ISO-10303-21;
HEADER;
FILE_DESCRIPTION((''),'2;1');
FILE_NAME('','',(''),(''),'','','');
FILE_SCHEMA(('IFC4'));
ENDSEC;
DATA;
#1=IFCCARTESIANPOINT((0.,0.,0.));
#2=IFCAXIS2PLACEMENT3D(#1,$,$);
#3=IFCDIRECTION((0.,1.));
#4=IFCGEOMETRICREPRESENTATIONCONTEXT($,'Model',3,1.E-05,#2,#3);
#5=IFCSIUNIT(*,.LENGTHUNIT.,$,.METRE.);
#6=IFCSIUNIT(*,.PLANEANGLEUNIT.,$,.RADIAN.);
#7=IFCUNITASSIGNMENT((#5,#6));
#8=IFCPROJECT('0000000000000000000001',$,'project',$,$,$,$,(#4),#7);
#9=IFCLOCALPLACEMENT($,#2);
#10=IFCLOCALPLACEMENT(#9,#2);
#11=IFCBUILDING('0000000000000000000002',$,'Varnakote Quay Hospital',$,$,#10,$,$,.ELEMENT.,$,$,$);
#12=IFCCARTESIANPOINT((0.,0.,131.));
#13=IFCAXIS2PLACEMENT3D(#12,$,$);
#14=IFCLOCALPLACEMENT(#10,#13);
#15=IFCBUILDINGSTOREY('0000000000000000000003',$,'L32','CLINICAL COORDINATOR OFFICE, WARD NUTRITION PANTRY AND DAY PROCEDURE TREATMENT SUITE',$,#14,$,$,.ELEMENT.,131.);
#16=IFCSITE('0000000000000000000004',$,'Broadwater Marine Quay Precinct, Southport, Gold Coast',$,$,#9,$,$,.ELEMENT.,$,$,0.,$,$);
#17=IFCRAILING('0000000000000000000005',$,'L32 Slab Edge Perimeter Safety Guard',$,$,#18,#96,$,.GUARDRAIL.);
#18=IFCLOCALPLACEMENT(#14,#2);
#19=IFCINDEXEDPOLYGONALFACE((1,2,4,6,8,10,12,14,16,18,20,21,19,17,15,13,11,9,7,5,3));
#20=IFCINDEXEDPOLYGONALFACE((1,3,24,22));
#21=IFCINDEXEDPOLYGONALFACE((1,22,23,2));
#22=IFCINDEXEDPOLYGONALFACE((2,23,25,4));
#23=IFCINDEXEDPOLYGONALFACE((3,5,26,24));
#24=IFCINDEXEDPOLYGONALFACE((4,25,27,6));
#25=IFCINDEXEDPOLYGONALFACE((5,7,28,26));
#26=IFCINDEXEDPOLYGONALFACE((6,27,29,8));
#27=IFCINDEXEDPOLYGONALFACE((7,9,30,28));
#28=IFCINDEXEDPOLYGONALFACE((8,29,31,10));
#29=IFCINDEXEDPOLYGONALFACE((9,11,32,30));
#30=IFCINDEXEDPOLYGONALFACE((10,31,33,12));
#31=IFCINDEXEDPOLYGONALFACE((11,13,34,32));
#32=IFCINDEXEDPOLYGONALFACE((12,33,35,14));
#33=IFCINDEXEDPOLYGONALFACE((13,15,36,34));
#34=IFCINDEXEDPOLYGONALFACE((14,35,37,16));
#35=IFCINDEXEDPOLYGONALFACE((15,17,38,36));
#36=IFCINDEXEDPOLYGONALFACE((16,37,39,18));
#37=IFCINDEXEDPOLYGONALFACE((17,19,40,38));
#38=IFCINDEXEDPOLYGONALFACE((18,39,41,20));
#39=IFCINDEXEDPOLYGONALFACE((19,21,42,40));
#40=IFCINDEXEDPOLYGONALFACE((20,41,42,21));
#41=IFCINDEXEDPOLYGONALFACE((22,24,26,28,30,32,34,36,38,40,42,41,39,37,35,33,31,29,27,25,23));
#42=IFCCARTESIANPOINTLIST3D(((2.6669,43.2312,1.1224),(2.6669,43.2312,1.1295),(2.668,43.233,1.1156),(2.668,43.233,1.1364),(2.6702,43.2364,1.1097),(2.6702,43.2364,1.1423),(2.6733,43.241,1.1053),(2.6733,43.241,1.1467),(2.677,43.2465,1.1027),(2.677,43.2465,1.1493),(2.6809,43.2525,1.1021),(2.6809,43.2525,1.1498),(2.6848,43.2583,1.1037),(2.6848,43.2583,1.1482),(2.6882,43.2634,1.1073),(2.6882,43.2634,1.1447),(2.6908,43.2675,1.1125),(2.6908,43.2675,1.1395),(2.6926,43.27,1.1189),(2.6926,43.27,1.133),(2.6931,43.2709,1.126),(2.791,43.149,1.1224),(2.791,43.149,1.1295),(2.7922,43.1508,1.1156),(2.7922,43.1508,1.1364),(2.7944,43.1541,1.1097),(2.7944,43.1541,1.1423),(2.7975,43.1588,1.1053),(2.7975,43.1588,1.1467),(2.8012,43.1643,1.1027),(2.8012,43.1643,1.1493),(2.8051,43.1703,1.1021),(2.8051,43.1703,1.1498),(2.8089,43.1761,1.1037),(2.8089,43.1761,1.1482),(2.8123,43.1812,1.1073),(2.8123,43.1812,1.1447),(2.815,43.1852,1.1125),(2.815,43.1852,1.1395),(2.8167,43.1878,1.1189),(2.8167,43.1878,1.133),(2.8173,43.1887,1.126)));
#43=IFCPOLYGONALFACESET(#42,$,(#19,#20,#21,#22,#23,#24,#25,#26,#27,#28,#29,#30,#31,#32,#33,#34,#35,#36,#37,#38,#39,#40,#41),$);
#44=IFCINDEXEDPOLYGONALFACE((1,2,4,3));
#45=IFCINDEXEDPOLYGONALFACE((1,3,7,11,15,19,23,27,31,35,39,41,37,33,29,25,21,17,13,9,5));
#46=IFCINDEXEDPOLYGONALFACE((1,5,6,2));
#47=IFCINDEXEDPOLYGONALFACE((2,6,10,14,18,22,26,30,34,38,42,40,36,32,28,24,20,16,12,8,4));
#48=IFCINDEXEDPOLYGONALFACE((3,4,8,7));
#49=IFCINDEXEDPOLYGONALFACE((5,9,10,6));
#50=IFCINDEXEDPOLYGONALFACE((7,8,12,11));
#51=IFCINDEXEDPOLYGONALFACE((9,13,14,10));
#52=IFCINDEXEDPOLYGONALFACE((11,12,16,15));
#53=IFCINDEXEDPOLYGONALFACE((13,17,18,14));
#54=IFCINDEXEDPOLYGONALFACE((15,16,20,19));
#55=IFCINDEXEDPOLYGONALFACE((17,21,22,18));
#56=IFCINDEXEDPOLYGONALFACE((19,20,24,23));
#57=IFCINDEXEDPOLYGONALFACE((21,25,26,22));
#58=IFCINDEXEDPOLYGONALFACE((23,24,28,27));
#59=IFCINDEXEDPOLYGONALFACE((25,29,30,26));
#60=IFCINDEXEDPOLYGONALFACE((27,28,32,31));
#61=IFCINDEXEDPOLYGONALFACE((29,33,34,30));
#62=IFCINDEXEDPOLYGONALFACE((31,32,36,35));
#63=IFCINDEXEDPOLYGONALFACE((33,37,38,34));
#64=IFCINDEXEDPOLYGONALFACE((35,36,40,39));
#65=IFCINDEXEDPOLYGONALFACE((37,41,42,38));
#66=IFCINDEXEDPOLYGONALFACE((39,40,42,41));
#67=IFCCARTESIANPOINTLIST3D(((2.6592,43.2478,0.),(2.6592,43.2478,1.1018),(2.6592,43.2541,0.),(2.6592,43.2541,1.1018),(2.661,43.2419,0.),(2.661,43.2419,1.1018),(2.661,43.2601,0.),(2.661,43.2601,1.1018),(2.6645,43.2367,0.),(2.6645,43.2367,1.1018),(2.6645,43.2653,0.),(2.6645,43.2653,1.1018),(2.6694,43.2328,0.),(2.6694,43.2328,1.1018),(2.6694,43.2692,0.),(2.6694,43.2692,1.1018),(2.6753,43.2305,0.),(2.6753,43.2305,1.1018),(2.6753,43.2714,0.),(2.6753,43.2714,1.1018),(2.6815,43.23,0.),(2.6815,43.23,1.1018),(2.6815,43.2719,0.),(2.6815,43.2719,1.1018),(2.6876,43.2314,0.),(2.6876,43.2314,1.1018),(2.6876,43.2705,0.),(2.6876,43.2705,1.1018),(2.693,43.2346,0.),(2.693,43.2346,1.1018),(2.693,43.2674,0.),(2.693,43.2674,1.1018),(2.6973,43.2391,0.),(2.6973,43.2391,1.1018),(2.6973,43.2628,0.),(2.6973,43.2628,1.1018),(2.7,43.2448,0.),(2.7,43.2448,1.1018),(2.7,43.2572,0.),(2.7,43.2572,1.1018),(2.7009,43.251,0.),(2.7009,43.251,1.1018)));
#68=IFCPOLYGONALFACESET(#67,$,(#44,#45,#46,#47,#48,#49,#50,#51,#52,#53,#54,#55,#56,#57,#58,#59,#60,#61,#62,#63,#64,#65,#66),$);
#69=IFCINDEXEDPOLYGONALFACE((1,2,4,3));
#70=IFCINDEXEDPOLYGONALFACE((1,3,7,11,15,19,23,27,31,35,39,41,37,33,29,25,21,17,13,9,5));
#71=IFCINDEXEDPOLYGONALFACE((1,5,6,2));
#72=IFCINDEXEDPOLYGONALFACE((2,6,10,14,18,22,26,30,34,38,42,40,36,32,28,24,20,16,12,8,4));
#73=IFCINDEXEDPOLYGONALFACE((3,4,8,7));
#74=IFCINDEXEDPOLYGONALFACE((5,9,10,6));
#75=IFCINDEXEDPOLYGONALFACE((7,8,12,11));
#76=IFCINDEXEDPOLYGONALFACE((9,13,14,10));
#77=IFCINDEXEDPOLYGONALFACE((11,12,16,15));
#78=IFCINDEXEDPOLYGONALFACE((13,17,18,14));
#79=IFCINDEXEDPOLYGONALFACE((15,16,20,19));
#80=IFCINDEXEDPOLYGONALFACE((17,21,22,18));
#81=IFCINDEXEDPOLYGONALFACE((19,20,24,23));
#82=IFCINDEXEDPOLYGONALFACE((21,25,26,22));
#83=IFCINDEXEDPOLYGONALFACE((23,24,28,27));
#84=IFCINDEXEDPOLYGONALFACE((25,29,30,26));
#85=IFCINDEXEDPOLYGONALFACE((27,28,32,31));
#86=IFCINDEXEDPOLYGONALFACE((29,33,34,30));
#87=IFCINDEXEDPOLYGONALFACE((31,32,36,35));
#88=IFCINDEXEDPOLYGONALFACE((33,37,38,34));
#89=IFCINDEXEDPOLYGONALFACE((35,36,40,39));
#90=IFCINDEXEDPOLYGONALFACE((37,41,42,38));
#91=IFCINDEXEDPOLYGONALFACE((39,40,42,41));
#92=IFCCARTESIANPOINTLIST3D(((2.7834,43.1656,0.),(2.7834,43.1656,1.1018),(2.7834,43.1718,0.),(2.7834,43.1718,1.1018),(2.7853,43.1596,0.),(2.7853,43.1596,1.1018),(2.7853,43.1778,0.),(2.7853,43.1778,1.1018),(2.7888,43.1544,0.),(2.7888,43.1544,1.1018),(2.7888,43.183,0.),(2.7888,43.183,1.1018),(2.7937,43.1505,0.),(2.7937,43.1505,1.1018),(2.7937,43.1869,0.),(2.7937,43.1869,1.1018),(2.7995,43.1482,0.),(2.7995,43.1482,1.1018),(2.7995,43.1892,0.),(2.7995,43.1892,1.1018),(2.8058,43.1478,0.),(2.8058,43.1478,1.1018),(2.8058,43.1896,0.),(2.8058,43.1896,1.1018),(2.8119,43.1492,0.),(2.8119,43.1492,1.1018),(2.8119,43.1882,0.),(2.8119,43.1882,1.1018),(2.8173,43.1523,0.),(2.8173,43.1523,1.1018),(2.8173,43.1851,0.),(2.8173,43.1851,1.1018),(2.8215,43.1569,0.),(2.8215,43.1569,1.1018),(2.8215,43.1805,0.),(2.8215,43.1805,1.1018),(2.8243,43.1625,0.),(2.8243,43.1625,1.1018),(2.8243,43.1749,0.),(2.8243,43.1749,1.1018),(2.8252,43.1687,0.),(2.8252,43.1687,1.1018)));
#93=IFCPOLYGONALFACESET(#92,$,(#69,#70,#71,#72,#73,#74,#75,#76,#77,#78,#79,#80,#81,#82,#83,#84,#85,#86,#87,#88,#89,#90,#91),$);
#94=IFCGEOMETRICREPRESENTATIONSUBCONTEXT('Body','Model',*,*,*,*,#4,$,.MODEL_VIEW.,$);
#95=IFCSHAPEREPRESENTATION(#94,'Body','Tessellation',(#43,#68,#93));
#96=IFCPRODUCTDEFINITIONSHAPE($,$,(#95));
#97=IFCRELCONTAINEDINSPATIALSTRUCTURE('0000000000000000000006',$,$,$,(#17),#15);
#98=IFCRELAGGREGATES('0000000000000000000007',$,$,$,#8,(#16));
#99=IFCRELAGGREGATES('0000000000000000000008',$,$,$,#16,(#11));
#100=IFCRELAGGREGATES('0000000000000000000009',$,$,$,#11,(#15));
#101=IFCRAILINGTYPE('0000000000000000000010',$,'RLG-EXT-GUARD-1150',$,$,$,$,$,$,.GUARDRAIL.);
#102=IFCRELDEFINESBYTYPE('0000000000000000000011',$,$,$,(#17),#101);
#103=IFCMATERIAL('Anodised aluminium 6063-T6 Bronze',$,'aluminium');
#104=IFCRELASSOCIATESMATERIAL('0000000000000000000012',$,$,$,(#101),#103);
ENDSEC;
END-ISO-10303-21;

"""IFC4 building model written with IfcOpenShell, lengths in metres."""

from ifc_helpers import new_model, si_unit, direction, frame, origin, origin_2d, place, context, subcontext, project, spatial, circle, extrude, material, type_object, element, save


model = new_model("IFC4")

# Units and contexts
model_context = context("Model", 3, precision=1e-05, world=origin(), true_north=direction((0.0, 1.0)))
body_context = subcontext(model_context, "Body", "Model", "MODEL_VIEW")
ifc_project = project(units=[si_unit("LENGTHUNIT", "METRE"), si_unit("PLANEANGLEUNIT", "RADIAN")], contexts=[model_context])

# Site, building, storey
site_placement = place(None, origin())
site = spatial("IfcSite", under=ifc_project, at=site_placement, Name="Broadwater Marine Quay Precinct, Southport, Gold Coast", CompositionType="ELEMENT", RefElevation=0.0)
building_placement = place(site_placement, origin())
building = spatial("IfcBuilding", under=site, at=building_placement, Name="Varnakote Quay Hospital", CompositionType="ELEMENT")
storey_placement = place(building_placement, frame((0.0, 0.0, 131.0)))
storey = spatial("IfcBuildingStorey", under=building, at=storey_placement, Name="L32", Description="CLINICAL COORDINATOR OFFICE, WARD NUTRITION PANTRY AND DAY PROCEDURE TREATMENT SUITE", CompositionType="ELEMENT", Elevation=131.0)

# Railing
ifc_material_1 = material(Name="Anodised aluminium 6063-T6 Bronze", Category="aluminium")
railing_type = type_object("IfcRailingType", Name="RLG-EXT-GUARD-1150", PredefinedType="GUARDRAIL", material=ifc_material_1)
railing_1_placement = place(storey_placement, frame((2.6799, 43.251, 0.0)))
element("IfcRailing", 1, at=railing_1_placement, inside=storey, type_object=railing_type, Name="L32 Slab Edge Perimeter Safety Guard", PredefinedType="GUARDRAIL", context=body_context, shape_type="SweptSolid", body=[
    extrude(circle(Radius=0.0239, at=origin_2d()), frame((0.0, 0.0, 1.126), z_axis=(0.83381, -0.552051, 0.0), x_axis=(0.552051, 0.83381, 0.0)), (0.0, 0.0, 1.0), 0.1489),
    extrude(circle(Radius=0.021, at=origin_2d()), origin(), (0.0, 0.0, 1.0), 1.1018),
    extrude(circle(Radius=0.021, at=origin_2d()), frame((0.1243, -0.0823, 0.0)), (0.0, 0.0, 1.0), 1.1018),
])

save(model, "model.ifc")
